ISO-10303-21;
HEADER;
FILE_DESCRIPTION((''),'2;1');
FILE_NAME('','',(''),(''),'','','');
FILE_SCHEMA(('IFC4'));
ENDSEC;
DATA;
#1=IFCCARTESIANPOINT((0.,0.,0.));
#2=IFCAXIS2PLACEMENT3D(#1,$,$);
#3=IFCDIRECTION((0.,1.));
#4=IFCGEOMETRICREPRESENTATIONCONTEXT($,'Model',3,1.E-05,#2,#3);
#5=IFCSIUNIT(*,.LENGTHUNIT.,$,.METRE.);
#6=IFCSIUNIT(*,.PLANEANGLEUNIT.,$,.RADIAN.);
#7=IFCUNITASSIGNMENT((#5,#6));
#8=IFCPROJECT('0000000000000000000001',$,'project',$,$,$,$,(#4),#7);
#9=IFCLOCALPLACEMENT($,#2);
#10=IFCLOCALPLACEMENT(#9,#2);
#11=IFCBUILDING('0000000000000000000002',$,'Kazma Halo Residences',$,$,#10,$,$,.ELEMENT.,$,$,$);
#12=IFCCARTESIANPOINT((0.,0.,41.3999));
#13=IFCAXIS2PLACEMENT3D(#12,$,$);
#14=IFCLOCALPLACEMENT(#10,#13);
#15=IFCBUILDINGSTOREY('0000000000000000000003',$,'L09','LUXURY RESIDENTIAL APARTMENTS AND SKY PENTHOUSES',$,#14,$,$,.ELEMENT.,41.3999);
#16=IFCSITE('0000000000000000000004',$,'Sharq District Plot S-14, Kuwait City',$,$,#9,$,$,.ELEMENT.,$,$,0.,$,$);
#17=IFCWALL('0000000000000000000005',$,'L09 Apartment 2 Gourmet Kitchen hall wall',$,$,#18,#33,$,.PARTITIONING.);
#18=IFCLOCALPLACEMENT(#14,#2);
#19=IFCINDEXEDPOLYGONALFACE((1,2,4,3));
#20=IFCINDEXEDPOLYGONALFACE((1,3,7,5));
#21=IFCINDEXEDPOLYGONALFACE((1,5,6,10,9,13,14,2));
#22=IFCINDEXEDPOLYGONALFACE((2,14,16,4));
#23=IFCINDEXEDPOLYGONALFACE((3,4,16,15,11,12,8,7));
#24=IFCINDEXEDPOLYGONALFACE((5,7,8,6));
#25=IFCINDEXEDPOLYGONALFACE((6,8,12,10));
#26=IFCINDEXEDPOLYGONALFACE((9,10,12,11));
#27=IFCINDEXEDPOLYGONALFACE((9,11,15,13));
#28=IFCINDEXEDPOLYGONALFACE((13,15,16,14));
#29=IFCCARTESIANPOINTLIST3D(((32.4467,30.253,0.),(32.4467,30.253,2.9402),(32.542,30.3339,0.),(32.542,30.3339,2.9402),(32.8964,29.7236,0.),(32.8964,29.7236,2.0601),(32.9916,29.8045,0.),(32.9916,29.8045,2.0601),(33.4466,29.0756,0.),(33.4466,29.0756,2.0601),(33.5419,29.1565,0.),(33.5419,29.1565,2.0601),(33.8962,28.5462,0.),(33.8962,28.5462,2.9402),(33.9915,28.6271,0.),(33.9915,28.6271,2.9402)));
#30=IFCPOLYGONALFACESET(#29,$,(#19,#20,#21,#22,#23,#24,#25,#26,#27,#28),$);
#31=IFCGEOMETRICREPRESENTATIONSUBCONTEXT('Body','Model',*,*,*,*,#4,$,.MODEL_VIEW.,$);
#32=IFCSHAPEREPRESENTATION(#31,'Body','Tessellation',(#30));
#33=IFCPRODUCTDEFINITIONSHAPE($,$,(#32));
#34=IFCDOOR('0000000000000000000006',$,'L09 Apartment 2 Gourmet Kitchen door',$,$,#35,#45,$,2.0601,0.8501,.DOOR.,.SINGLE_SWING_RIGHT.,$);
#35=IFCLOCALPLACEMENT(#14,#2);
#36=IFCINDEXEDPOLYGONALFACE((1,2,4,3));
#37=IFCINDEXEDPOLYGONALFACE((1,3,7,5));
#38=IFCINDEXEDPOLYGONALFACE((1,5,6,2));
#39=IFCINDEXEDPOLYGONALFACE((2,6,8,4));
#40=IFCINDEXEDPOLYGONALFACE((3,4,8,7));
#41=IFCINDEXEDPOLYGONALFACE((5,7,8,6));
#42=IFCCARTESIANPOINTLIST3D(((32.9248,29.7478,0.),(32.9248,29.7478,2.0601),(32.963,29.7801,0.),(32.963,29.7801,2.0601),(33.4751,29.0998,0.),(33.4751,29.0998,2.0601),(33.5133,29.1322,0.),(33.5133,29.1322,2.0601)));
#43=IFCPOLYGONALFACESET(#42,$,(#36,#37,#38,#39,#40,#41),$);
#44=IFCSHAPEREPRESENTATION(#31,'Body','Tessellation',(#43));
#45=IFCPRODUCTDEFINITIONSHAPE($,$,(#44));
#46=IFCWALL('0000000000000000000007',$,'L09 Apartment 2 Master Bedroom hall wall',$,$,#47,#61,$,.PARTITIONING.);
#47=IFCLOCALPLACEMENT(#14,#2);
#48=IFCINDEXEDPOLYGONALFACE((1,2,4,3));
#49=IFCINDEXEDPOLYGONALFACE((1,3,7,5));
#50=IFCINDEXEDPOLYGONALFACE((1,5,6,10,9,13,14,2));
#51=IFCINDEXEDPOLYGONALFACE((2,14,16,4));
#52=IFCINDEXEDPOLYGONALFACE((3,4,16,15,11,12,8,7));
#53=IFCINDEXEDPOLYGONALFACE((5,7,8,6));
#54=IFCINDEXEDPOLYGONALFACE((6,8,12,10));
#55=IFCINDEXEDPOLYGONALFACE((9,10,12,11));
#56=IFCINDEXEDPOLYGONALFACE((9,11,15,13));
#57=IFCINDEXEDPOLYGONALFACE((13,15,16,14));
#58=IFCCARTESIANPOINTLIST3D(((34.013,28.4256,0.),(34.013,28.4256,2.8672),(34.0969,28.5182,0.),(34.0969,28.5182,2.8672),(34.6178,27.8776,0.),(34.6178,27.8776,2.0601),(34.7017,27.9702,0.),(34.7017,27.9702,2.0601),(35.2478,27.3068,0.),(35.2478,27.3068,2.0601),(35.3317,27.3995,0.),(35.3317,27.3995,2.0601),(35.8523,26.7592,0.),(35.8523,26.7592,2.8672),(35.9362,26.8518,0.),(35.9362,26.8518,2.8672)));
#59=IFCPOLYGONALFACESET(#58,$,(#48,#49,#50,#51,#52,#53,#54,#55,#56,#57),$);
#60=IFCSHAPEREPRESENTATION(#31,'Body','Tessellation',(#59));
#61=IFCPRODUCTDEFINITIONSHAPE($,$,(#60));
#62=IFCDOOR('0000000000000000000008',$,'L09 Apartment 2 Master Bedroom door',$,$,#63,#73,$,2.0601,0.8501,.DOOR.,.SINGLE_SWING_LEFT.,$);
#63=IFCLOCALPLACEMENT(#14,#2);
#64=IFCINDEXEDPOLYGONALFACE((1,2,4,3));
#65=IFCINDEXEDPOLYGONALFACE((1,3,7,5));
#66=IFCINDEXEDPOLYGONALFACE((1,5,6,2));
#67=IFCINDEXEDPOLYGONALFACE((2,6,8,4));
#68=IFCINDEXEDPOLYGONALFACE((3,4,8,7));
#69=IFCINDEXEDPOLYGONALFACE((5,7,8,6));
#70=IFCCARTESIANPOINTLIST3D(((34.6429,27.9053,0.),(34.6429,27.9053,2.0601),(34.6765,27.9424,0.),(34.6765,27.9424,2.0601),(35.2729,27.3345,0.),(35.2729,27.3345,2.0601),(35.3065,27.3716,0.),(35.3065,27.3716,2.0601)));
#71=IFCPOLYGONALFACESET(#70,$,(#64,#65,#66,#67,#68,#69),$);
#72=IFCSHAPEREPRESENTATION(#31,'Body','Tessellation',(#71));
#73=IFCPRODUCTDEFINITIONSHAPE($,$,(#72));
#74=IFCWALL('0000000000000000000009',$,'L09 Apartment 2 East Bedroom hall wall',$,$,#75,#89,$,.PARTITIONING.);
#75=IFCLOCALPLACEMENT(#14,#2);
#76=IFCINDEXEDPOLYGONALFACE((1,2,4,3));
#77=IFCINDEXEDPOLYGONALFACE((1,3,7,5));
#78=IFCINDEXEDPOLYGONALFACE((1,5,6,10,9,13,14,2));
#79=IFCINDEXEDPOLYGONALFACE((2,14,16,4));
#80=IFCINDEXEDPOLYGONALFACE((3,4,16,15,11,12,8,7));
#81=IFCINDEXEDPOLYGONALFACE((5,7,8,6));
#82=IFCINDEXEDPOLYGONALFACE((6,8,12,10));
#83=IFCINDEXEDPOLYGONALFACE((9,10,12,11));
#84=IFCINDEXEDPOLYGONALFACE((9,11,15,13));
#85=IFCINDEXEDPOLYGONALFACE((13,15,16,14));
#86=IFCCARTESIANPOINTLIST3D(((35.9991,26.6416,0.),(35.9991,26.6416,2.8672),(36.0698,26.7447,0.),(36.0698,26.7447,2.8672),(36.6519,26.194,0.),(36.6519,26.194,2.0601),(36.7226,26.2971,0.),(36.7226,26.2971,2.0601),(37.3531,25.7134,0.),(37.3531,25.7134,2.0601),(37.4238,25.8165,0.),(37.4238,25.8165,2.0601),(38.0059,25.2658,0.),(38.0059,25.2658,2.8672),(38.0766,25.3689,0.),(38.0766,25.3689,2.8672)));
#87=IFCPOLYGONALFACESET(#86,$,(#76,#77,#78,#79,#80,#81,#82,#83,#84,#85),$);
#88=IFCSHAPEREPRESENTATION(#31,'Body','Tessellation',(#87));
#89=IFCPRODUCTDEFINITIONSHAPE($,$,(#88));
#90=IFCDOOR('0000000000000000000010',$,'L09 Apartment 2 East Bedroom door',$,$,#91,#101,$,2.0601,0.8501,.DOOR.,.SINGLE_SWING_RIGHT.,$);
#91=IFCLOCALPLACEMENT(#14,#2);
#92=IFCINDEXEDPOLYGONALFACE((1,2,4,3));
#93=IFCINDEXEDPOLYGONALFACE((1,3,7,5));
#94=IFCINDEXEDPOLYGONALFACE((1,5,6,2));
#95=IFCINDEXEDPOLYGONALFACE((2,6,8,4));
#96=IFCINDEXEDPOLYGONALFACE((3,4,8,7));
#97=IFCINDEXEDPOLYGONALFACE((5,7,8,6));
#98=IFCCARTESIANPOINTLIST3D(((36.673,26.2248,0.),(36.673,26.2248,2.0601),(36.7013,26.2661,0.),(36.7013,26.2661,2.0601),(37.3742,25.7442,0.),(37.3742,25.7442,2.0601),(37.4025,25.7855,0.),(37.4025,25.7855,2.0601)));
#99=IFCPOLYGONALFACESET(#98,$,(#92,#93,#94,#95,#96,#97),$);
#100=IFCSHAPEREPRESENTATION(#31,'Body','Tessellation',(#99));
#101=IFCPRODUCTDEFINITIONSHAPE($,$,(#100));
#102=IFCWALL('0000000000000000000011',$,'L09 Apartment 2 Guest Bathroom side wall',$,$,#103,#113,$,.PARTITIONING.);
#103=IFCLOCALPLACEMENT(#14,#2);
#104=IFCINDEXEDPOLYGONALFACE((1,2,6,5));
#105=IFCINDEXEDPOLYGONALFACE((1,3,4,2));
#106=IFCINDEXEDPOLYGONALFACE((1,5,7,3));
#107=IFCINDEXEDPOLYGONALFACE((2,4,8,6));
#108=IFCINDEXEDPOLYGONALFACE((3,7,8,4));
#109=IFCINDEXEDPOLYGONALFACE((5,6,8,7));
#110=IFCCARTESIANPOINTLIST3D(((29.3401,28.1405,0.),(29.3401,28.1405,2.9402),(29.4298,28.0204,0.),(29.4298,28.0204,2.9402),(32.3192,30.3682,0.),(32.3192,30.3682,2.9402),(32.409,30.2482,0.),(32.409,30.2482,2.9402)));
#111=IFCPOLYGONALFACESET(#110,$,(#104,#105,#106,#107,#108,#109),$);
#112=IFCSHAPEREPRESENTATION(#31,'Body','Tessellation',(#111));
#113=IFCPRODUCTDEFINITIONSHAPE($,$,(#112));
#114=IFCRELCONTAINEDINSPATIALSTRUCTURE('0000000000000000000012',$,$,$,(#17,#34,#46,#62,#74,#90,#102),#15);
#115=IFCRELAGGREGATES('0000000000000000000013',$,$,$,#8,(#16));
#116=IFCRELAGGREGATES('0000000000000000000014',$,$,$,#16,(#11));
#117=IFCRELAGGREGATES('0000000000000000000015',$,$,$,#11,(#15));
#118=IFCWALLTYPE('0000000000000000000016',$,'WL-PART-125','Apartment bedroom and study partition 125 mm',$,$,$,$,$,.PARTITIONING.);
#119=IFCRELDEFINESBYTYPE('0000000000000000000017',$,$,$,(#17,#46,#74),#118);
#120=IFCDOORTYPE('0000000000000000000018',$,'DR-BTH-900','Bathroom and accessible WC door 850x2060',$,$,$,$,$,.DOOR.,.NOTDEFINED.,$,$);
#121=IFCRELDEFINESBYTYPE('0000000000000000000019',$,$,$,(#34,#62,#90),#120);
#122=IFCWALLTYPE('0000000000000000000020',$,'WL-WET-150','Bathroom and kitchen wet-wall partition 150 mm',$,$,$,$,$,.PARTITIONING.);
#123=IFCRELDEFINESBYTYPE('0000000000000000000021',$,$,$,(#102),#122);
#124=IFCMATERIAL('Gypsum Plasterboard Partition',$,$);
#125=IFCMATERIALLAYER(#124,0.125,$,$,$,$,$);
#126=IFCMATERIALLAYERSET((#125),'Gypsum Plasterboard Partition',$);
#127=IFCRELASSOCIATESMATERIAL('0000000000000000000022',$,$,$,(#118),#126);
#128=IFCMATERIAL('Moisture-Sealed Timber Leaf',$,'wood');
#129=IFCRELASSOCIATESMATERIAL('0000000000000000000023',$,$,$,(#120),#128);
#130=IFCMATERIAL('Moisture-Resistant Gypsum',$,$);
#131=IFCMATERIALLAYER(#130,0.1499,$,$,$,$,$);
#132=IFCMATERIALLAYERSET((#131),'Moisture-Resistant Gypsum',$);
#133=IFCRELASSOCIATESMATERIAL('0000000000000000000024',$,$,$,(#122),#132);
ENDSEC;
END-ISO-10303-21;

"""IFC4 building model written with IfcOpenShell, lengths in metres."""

from ifc_helpers import new_model, si_unit, direction, frame, frame_2d, origin, place, context, subcontext, project, spatial, rectangle, extrude, material, layer, layer_set, type_object, element, fill, save


model = new_model("IFC4")

# Units and contexts
model_context = context("Model", 3, precision=1e-05, world=origin(), true_north=direction((0.0, 1.0)))
body_context = subcontext(model_context, "Body", "Model", "MODEL_VIEW")
ifc_project = project(units=[si_unit("LENGTHUNIT", "METRE"), si_unit("PLANEANGLEUNIT", "RADIAN")], contexts=[model_context])

# Site, building, storey
site_placement = place(None, origin())
site = spatial("IfcSite", under=ifc_project, at=site_placement, Name="Sharq District Plot S-14, Kuwait City", CompositionType="ELEMENT", RefElevation=0.0)
building_placement = place(site_placement, origin())
building = spatial("IfcBuilding", under=site, at=building_placement, Name="Kazma Halo Residences", CompositionType="ELEMENT")
storey_placement = place(building_placement, frame((0.0, 0.0, 41.3999)))
storey = spatial("IfcBuildingStorey", under=building, at=storey_placement, Name="L09", Description="LUXURY RESIDENTIAL APARTMENTS AND SKY PENTHOUSES", CompositionType="ELEMENT", Elevation=41.3999)

# Shared definitions
ifc_material_1 = material(Name="Gypsum Plasterboard Partition")
ifc_layer_1 = layer(ifc_material_1, 0.125)
ifc_layer_set_1 = layer_set([ifc_layer_1], Name="Gypsum Plasterboard Partition")
wall_type_1 = type_object("IfcWallType", Name="WL-PART-125", Description="Apartment bedroom and study partition 125 mm", PredefinedType="PARTITIONING", material=ifc_layer_set_1)

# Walls, openings, doors
wall_1_placement = place(storey_placement, frame((32.4944, 30.2935, 0.0), z_axis=(0.0, 0.0, 1.0), x_axis=(0.64731, -0.762227, 0.0)))
wall_1 = element("IfcWall", 1, at=wall_1_placement, inside=storey, type_object=wall_type_1, Name="L09 Apartment 2 Gourmet Kitchen hall wall", PredefinedType="PARTITIONING", context=body_context, shape_type="SweptSolid", body=[
    extrude(rectangle(XDim=2.2393, YDim=0.125, at=frame_2d((1.1196, 0.0))), origin(), (0.0, 0.0, 1.0), 2.9402),
])
opening_1_placement = place(wall_1_placement, frame((0.6946, 0.0, 0.0)))
opening_1 = element("IfcOpeningElement", 2, at=opening_1_placement, cuts=wall_1, PredefinedType="OPENING", context=body_context, shape_type="SweptSolid", body=[
    extrude(rectangle(XDim=0.8501, YDim=2.0601, at=frame_2d((0.425, 1.03))), frame((0.0, 0.0725, 0.0), z_axis=(0.0, -1.0, 0.0), x_axis=(1.0, 0.0, 0.0)), (0.0, 0.0, 1.0), 0.145),
])
ifc_material_2 = material(Name="Moisture-Sealed Timber Leaf", Category="wood")
door_type = type_object("IfcDoorType", Name="DR-BTH-900", Description="Bathroom and accessible WC door 850x2060", OperationType="NOTDEFINED", PredefinedType="DOOR", material=ifc_material_2)
door_1_placement = place(opening_1_placement, origin())
door_1 = element("IfcDoor", 3, at=door_1_placement, inside=storey, type_object=door_type, Name="L09 Apartment 2 Gourmet Kitchen door", OperationType="SINGLE_SWING_RIGHT", OverallHeight=2.0601, OverallWidth=0.8501, PredefinedType="DOOR", context=body_context, shape_type="SweptSolid", body=[
    extrude(rectangle(XDim=0.8501, YDim=2.0601, at=frame_2d((0.425, 1.03))), frame((0.0, 0.0249, 0.0), z_axis=(0.0, -1.0, 0.0), x_axis=(1.0, 0.0, 0.0)), (0.0, 0.0, 1.0), 0.05),
])
fill(opening_1, door_1)
wall_2_placement = place(storey_placement, frame((34.0549, 28.4719, 0.0), z_axis=(0.0, 0.0, 1.0), x_axis=(0.74107, -0.671428, 0.0)))
wall_2 = element("IfcWall", 4, at=wall_2_placement, inside=storey, type_object=wall_type_1, Name="L09 Apartment 2 Master Bedroom hall wall", PredefinedType="PARTITIONING", context=body_context, shape_type="SweptSolid", body=[
    extrude(rectangle(XDim=2.4819, YDim=0.125, at=frame_2d((1.241, 0.0))), origin(), (0.0, 0.0, 1.0), 2.8672),
])
opening_2_placement = place(wall_2_placement, frame((0.8162, 0.0, 0.0)))
opening_2 = element("IfcOpeningElement", 5, at=opening_2_placement, cuts=wall_2, PredefinedType="OPENING", context=body_context, shape_type="SweptSolid", body=[
    extrude(rectangle(XDim=0.8501, YDim=2.0601, at=frame_2d((0.425, 1.03))), frame((0.0, 0.0725, 0.0), z_axis=(0.0, -1.0, 0.0), x_axis=(1.0, 0.0, 0.0)), (0.0, 0.0, 1.0), 0.145),
])
door_2_placement = place(opening_2_placement, origin())
door_2 = element("IfcDoor", 6, at=door_2_placement, inside=storey, type_object=door_type, Name="L09 Apartment 2 Master Bedroom door", OperationType="SINGLE_SWING_LEFT", OverallHeight=2.0601, OverallWidth=0.8501, PredefinedType="DOOR", context=body_context, shape_type="SweptSolid", body=[
    extrude(rectangle(XDim=0.8501, YDim=2.0601, at=frame_2d((0.425, 1.03))), frame((0.0, 0.0249, 0.0), z_axis=(0.0, -1.0, 0.0), x_axis=(1.0, 0.0, 0.0)), (0.0, 0.0, 1.0), 0.05),
])
fill(opening_2, door_2)
wall_3_placement = place(storey_placement, frame((36.0344, 26.6931, 0.0), z_axis=(0.0, 0.0, 1.0), x_axis=(0.824802, -0.565421, 0.0)))
wall_3 = element("IfcWall", 7, at=wall_3_placement, inside=storey, type_object=wall_type_1, Name="L09 Apartment 2 East Bedroom hall wall", PredefinedType="PARTITIONING", context=body_context, shape_type="SweptSolid", body=[
    extrude(rectangle(XDim=2.4331, YDim=0.125, at=frame_2d((1.2166, 0.0))), origin(), (0.0, 0.0, 1.0), 2.8672),
])
opening_3_placement = place(wall_3_placement, frame((0.7915, 0.0, 0.0)))
opening_3 = element("IfcOpeningElement", 8, at=opening_3_placement, cuts=wall_3, PredefinedType="OPENING", context=body_context, shape_type="SweptSolid", body=[
    extrude(rectangle(XDim=0.8501, YDim=2.0601, at=frame_2d((0.425, 1.03))), frame((0.0, 0.0725, 0.0), z_axis=(0.0, -1.0, 0.0), x_axis=(1.0, 0.0, 0.0)), (0.0, 0.0, 1.0), 0.145),
])
door_3_placement = place(opening_3_placement, origin())
door_3 = element("IfcDoor", 9, at=door_3_placement, inside=storey, type_object=door_type, Name="L09 Apartment 2 East Bedroom door", OperationType="SINGLE_SWING_RIGHT", OverallHeight=2.0601, OverallWidth=0.8501, PredefinedType="DOOR", context=body_context, shape_type="SweptSolid", body=[
    extrude(rectangle(XDim=0.8501, YDim=2.0601, at=frame_2d((0.425, 1.03))), frame((0.0, 0.0249, 0.0), z_axis=(0.0, -1.0, 0.0), x_axis=(1.0, 0.0, 0.0)), (0.0, 0.0, 1.0), 0.05),
])
fill(opening_3, door_3)

# Wall
ifc_material_3 = material(Name="Moisture-Resistant Gypsum")
ifc_layer_2 = layer(ifc_material_3, 0.1499)
ifc_layer_set_2 = layer_set([ifc_layer_2], Name="Moisture-Resistant Gypsum")
wall_type_2 = type_object("IfcWallType", Name="WL-WET-150", Description="Bathroom and kitchen wet-wall partition 150 mm", PredefinedType="PARTITIONING", material=ifc_layer_set_2)
wall_4_placement = place(storey_placement, frame((32.364, 30.3081, 0.0), z_axis=(0.0, 0.0, 1.0), x_axis=(-0.800858, -0.598855, 0.0)))
element("IfcWall", 10, at=wall_4_placement, inside=storey, type_object=wall_type_2, Name="L09 Apartment 2 Guest Bathroom side wall", PredefinedType="PARTITIONING", context=body_context, shape_type="SweptSolid", body=[
    extrude(rectangle(XDim=3.72, YDim=0.1499, at=frame_2d((1.8599, 0.0))), origin(), (0.0, 0.0, 1.0), 2.9402),
])

save(model, "model.ifc")
